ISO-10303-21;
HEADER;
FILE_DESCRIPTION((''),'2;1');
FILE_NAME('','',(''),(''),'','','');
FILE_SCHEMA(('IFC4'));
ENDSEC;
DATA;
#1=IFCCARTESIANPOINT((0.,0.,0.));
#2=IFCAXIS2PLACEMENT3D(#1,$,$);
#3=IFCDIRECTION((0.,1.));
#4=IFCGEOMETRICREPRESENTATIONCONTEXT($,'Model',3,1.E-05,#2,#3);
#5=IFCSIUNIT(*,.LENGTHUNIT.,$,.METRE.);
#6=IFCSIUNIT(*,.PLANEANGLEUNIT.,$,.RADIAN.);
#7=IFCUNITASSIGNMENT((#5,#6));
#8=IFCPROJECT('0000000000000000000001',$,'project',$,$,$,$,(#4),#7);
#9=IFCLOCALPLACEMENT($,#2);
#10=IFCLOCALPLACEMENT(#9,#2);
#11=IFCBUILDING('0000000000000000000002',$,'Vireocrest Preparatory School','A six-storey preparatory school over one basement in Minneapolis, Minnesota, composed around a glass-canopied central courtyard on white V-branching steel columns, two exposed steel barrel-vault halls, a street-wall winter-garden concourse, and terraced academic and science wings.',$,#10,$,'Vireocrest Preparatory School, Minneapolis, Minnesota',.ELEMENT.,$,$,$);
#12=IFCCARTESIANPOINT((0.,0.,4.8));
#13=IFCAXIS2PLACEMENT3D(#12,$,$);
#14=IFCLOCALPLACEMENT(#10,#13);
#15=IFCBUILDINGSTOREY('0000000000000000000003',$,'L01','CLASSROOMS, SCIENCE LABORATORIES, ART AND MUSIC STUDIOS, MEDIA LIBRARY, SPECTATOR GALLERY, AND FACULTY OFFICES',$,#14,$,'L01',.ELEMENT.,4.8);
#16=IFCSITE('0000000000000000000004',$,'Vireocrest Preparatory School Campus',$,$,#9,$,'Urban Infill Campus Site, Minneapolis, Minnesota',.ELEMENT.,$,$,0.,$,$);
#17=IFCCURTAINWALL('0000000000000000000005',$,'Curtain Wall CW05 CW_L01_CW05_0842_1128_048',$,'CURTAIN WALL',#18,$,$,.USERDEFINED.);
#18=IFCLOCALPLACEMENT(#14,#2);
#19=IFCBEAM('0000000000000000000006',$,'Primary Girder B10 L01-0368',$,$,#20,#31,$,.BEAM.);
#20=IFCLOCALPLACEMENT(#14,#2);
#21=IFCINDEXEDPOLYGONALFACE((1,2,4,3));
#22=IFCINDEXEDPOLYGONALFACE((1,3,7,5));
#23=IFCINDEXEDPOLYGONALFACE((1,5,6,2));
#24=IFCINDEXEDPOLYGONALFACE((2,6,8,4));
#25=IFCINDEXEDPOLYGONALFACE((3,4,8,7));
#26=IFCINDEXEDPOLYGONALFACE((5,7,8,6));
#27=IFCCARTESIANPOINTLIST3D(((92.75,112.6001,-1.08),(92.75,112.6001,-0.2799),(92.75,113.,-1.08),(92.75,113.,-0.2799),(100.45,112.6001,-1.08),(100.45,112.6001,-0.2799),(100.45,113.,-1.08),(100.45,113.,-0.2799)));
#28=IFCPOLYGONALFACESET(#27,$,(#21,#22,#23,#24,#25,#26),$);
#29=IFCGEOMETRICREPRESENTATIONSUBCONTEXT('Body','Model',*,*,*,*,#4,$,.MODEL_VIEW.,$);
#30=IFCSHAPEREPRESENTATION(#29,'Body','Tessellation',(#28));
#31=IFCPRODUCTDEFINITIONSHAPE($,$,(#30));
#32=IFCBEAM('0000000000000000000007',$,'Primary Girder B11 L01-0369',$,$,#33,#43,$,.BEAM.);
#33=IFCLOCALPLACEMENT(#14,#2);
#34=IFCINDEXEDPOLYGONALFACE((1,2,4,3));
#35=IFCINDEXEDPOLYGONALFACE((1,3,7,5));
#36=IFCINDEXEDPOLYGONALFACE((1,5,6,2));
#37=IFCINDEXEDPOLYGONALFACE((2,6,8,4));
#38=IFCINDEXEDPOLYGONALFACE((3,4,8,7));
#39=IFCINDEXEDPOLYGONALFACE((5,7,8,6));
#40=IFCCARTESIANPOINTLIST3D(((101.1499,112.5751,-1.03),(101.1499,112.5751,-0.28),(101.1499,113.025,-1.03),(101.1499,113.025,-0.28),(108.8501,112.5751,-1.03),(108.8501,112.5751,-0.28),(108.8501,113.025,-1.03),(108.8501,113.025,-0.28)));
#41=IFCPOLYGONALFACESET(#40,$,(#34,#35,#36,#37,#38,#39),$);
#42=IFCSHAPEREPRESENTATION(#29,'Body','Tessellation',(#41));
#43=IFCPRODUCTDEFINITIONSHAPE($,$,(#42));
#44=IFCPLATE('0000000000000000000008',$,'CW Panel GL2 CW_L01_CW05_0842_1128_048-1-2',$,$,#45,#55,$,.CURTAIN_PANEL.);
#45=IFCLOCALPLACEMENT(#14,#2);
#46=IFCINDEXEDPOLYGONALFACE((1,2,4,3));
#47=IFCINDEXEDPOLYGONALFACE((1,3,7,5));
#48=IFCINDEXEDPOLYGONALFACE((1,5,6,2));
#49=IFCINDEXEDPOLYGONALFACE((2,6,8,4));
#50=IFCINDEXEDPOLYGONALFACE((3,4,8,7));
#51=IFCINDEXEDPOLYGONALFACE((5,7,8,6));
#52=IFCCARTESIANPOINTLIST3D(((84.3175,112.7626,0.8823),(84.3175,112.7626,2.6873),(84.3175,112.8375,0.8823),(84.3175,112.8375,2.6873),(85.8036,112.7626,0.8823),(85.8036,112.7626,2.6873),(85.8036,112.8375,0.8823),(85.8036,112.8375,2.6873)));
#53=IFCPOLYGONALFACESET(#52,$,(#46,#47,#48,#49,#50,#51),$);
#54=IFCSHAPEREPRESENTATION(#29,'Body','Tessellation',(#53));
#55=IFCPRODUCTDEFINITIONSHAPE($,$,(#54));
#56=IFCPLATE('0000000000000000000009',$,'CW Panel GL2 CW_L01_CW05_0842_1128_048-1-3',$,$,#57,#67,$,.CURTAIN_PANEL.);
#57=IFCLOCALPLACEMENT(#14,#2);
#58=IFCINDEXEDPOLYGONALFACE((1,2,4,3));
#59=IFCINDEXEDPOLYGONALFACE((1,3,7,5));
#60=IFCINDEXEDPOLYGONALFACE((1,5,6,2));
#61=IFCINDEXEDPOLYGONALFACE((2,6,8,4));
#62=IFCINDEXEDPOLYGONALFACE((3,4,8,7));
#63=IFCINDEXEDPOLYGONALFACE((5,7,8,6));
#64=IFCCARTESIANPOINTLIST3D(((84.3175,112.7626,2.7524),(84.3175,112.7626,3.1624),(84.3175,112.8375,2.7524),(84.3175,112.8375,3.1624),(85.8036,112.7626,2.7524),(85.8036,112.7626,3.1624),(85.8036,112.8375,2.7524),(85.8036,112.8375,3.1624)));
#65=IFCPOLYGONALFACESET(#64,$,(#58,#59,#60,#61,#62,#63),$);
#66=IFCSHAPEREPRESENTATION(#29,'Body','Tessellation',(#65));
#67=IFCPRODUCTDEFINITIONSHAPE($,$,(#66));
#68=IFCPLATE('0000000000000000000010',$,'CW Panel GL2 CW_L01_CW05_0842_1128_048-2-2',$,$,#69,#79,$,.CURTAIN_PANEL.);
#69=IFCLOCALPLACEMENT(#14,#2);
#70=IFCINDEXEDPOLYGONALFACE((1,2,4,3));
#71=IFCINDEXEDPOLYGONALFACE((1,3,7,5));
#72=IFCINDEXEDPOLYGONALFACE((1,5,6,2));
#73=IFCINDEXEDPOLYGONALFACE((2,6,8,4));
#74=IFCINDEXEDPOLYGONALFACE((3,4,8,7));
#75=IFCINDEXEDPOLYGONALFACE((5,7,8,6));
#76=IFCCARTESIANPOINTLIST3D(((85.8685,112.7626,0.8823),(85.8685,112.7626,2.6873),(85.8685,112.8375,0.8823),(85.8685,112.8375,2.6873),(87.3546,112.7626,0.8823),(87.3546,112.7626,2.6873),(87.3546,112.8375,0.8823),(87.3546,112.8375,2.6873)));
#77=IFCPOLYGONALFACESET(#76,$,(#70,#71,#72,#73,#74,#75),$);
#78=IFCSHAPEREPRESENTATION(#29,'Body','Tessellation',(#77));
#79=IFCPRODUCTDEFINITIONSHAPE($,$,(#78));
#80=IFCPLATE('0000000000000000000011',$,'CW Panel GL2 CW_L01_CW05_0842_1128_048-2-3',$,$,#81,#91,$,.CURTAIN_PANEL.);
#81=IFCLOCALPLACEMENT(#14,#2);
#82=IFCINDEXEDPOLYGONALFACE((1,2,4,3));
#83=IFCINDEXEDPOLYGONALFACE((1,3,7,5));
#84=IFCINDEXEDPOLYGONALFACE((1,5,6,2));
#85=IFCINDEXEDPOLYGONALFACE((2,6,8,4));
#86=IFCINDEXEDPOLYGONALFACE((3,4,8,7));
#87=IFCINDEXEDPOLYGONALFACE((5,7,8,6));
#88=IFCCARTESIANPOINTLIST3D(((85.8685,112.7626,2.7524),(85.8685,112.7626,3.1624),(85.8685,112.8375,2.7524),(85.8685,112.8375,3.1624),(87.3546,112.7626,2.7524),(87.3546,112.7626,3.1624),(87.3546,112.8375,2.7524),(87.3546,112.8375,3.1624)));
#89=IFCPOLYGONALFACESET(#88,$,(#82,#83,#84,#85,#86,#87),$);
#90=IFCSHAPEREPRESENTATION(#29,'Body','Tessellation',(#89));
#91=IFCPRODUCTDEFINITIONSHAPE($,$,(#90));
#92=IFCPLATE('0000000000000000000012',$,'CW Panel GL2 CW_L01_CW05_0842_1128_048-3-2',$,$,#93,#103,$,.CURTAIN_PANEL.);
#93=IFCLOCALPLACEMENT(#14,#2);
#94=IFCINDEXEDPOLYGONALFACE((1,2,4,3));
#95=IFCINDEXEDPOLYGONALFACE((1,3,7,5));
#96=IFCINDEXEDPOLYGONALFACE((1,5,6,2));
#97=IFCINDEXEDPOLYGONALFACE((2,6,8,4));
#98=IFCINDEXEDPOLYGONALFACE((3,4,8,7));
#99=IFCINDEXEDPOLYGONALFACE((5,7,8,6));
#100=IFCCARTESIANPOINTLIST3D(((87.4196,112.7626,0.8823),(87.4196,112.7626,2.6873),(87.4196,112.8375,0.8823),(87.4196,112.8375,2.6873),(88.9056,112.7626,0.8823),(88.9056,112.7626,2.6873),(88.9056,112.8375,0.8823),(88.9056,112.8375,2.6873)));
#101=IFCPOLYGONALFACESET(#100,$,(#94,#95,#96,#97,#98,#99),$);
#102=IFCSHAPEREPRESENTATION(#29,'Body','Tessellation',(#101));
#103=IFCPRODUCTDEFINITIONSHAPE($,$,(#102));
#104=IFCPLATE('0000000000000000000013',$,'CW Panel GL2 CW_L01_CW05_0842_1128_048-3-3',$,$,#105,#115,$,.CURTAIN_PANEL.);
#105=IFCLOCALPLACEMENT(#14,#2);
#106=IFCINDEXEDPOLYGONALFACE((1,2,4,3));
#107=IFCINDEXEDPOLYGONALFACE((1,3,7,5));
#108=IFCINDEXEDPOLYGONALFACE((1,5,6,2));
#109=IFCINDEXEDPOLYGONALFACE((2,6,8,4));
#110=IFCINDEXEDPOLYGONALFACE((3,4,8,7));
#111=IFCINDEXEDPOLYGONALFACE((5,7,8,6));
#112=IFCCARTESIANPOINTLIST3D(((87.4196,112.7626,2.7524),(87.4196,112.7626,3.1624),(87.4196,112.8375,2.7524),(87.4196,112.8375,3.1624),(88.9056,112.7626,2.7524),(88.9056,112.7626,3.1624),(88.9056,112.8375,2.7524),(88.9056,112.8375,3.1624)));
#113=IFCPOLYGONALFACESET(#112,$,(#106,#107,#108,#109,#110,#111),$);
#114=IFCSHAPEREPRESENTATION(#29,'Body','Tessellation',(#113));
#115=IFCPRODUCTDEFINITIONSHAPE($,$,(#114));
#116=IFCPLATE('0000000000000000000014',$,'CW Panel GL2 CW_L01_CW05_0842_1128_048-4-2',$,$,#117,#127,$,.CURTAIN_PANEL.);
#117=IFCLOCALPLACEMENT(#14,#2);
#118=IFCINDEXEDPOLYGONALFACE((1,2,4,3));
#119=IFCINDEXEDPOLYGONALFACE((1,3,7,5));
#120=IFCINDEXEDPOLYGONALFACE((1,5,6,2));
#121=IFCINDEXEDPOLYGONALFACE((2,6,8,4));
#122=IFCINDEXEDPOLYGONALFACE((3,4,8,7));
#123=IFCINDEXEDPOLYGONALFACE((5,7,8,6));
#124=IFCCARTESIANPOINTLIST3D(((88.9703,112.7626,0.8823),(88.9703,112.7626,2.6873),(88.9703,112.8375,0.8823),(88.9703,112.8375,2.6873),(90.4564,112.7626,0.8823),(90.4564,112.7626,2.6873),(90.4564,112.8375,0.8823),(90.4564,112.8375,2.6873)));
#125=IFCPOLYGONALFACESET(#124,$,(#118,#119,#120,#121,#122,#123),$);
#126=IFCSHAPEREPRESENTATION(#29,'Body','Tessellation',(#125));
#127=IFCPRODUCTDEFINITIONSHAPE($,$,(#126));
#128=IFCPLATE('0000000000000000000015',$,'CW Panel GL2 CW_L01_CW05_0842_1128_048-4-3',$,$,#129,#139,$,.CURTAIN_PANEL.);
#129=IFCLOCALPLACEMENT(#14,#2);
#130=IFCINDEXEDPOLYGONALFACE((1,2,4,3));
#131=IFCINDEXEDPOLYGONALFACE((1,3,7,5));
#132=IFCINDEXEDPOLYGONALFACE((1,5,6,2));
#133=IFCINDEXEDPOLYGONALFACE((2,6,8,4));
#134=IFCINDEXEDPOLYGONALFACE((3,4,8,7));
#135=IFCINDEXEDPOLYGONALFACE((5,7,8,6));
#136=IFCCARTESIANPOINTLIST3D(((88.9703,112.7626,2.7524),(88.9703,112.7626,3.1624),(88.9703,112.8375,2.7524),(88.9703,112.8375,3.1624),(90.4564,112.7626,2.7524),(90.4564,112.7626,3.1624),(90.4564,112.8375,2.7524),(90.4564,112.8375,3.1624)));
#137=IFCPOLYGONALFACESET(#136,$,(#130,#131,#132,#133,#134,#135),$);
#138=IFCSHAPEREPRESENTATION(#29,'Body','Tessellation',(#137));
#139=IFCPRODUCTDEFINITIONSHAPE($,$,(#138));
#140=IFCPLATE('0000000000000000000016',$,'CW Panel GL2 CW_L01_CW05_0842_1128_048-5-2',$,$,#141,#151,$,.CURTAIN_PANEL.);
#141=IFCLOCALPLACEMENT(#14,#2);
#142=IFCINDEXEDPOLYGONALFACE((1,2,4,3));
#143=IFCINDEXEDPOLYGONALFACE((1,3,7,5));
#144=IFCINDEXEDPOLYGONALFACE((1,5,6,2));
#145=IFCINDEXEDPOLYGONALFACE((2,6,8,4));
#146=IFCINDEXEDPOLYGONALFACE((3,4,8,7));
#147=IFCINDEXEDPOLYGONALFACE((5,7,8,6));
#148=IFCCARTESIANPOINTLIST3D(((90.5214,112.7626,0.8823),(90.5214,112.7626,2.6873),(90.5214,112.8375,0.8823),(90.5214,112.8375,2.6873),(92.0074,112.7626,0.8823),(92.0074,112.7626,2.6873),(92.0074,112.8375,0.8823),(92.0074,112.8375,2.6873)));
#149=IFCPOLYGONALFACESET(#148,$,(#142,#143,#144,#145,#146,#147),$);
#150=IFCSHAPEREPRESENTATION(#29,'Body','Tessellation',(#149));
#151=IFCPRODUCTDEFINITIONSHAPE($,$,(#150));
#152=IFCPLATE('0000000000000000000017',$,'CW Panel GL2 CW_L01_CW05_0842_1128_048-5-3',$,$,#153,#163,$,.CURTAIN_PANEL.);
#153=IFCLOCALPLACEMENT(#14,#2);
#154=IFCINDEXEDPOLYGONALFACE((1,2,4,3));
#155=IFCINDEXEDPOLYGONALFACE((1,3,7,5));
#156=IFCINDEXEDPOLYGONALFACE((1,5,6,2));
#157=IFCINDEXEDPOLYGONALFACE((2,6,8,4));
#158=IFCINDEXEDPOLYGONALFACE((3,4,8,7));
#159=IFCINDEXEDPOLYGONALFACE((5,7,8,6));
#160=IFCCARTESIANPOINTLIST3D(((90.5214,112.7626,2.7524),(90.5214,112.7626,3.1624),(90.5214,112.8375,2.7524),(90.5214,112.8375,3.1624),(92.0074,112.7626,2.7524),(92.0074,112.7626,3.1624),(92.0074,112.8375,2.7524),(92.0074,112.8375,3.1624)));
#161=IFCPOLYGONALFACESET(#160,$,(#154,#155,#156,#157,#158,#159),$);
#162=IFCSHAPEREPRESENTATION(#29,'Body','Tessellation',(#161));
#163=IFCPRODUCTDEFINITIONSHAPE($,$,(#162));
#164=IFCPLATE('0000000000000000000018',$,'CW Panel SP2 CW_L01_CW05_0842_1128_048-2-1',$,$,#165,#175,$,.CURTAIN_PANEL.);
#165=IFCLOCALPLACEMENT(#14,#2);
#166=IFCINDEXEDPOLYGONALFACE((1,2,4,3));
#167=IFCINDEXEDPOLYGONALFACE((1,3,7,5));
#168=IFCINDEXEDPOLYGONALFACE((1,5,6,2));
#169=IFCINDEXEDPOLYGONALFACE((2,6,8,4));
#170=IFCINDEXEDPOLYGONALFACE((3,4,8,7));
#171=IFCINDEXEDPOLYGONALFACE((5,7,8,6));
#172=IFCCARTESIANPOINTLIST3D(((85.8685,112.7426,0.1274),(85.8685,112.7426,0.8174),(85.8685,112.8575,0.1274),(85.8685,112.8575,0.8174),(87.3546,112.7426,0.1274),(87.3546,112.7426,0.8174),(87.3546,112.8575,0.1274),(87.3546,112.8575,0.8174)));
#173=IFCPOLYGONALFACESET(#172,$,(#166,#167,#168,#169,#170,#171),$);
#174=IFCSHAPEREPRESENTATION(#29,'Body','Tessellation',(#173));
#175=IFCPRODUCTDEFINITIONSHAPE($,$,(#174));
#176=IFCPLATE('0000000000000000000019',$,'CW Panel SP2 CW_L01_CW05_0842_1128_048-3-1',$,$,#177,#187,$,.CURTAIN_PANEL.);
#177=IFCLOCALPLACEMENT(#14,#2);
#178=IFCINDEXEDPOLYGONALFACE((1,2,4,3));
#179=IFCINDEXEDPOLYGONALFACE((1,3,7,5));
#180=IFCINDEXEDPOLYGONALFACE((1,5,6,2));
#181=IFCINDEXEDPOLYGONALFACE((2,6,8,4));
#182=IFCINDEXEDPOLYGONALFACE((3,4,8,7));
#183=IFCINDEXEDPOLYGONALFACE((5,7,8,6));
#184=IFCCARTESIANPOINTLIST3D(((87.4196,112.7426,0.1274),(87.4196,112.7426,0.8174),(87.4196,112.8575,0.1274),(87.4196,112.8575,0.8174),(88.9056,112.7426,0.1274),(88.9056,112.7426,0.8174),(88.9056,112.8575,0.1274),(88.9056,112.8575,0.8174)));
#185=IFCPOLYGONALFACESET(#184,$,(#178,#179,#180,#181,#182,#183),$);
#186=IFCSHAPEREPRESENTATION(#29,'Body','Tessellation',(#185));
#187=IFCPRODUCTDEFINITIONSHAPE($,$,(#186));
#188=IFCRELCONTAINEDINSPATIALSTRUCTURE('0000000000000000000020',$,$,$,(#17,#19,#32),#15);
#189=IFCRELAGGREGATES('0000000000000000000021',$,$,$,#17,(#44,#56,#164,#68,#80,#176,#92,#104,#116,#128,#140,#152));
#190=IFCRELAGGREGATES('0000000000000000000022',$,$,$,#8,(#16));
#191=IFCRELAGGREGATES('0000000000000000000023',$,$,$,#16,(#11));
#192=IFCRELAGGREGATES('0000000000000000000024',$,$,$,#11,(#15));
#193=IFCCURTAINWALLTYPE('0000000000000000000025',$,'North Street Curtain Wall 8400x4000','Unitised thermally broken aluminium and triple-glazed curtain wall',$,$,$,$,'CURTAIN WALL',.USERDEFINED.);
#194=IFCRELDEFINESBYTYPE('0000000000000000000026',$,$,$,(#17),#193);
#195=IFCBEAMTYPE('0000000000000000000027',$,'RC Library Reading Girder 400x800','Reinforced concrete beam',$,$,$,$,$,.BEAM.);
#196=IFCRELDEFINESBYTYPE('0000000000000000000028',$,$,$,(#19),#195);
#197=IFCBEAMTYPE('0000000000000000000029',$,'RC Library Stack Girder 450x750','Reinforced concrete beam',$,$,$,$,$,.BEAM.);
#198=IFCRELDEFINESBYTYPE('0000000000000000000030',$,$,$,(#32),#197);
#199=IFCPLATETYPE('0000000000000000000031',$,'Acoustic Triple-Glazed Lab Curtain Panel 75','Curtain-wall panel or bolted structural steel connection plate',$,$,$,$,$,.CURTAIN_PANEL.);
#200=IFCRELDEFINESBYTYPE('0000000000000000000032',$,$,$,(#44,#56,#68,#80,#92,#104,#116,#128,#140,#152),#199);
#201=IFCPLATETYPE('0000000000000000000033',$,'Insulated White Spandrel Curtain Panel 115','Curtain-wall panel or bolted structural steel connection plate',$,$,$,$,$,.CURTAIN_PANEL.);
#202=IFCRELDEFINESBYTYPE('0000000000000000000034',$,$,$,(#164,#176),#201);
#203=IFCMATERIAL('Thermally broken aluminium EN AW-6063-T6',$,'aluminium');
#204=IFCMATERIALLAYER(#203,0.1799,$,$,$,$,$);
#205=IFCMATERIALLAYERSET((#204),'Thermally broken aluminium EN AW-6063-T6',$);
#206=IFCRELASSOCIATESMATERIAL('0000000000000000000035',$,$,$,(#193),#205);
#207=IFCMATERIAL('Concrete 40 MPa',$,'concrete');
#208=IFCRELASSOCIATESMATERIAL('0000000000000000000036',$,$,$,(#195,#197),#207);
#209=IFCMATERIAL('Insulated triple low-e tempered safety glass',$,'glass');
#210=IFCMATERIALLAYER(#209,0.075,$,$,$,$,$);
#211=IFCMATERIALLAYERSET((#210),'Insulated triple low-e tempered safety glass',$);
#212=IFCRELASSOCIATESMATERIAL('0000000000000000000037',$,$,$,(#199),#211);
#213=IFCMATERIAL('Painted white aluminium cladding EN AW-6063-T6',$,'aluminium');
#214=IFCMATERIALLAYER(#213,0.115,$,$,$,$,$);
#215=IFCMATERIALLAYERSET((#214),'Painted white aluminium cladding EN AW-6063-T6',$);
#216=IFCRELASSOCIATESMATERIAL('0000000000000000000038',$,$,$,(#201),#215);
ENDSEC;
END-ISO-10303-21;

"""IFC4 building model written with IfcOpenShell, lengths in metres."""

from ifc_helpers import new_model, si_unit, direction, frame, origin, origin_2d, place, context, subcontext, project, spatial, rectangle, extrude, material, layer, layer_set, material_profile, profile_set, type_object, element, aggregate, save


model = new_model("IFC4")

# Units and contexts
model_context = context("Model", 3, precision=1e-05, world=origin(), true_north=direction((0.0, 1.0)))
body_context = subcontext(model_context, "Body", "Model", "MODEL_VIEW")
ifc_project = project(units=[si_unit("LENGTHUNIT", "METRE"), si_unit("PLANEANGLEUNIT", "RADIAN")], contexts=[model_context])

# Site, building, storey
site_placement = place(None, origin())
site = spatial("IfcSite", under=ifc_project, at=site_placement, Name="Vireocrest Preparatory School Campus", LongName="Urban Infill Campus Site, Minneapolis, Minnesota", CompositionType="ELEMENT", RefElevation=0.0)
building_placement = place(site_placement, origin())
building = spatial("IfcBuilding", under=site, at=building_placement, Name="Vireocrest Preparatory School", Description="A six-storey preparatory school over one basement in Minneapolis, Minnesota, composed around a glass-canopied central courtyard on white V-branching steel columns, two exposed steel barrel-vault halls, a street-wall winter-garden concourse, and terraced academic and science wings.", LongName="Vireocrest Preparatory School, Minneapolis, Minnesota", CompositionType="ELEMENT")
storey_placement = place(building_placement, frame((0.0, 0.0, 4.8)))
storey = spatial("IfcBuildingStorey", under=building, at=storey_placement, Name="L01", Description="CLASSROOMS, SCIENCE LABORATORIES, ART AND MUSIC STUDIOS, MEDIA LIBRARY, SPECTATOR GALLERY, AND FACULTY OFFICES", LongName="L01", CompositionType="ELEMENT", Elevation=4.8)

# Curtain wall
ifc_material_1 = material(Name="Thermally broken aluminium EN AW-6063-T6", Category="aluminium")
ifc_layer_1 = layer(ifc_material_1, 0.1799)
ifc_layer_set_1 = layer_set([ifc_layer_1], Name="Thermally broken aluminium EN AW-6063-T6")
curtain_wall_type = type_object("IfcCurtainWallType", Name="North Street Curtain Wall 8400x4000", Description="Unitised thermally broken aluminium and triple-glazed curtain wall", ElementType="CURTAIN WALL", PredefinedType="USERDEFINED", material=ifc_layer_set_1)
curtain_wall_1_placement = place(storey_placement, origin())
curtain_wall_1 = element("IfcCurtainWall", 1, at=curtain_wall_1_placement, inside=storey, type_object=curtain_wall_type, Name="Curtain Wall CW05 CW_L01_CW05_0842_1128_048", ObjectType="CURTAIN WALL", PredefinedType="USERDEFINED")

# Beams
ifc_material_2 = material(Name="Concrete 40 MPa", Category="concrete")
ifc_material_profile_1 = material_profile(ifc_material_2, rectangle(XDim=0.3999, YDim=0.8, at=origin_2d()), Name="RC 400x800")
ifc_profile_set_1 = profile_set([ifc_material_profile_1], Name="Concrete 40 MPa")
beam_type_1 = type_object("IfcBeamType", Name="RC Library Reading Girder 400x800", Description="Reinforced concrete beam", PredefinedType="BEAM", material=ifc_profile_set_1)
beam_1_placement = place(storey_placement, frame((92.75, 112.8, -0.6799), z_axis=(1.0, 0.0, 0.0), x_axis=(0.0, 1.0, 0.0)))
element("IfcBeam", 2, at=beam_1_placement, inside=storey, type_object=beam_type_1, Name="Primary Girder B10 L01-0368", PredefinedType="BEAM", context=body_context, shape_type="SweptSolid", body=[
    extrude(rectangle(XDim=0.3999, YDim=0.8, at=origin_2d()), origin(), (0.0, 0.0, 1.0), 7.7),
])
ifc_material_profile_2 = material_profile(ifc_material_2, rectangle(XDim=0.45, YDim=0.75, at=origin_2d()), Name="RC 450x750")
ifc_profile_set_2 = profile_set([ifc_material_profile_2], Name="Concrete 40 MPa")
beam_type_2 = type_object("IfcBeamType", Name="RC Library Stack Girder 450x750", Description="Reinforced concrete beam", PredefinedType="BEAM", material=ifc_profile_set_2)
beam_2_placement = place(storey_placement, frame((101.1499, 112.8, -0.655), z_axis=(1.0, 0.0, 0.0), x_axis=(0.0, 1.0, 0.0)))
element("IfcBeam", 3, at=beam_2_placement, inside=storey, type_object=beam_type_2, Name="Primary Girder B11 L01-0369", PredefinedType="BEAM", context=body_context, shape_type="SweptSolid", body=[
    extrude(rectangle(XDim=0.45, YDim=0.75, at=origin_2d()), origin(), (0.0, 0.0, 1.0), 7.7002),
])

# Plates
ifc_material_3 = material(Name="Insulated triple low-e tempered safety glass", Category="glass")
ifc_layer_2 = layer(ifc_material_3, 0.075)
ifc_layer_set_2 = layer_set([ifc_layer_2], Name="Insulated triple low-e tempered safety glass")
plate_type_1 = type_object("IfcPlateType", Name="Acoustic Triple-Glazed Lab Curtain Panel 75", Description="Curtain-wall panel or bolted structural steel connection plate", PredefinedType="CURTAIN_PANEL", material=ifc_layer_set_2)
plate_1_placement = place(storey_placement, frame((85.0605, 112.8, 0.8823), z_axis=(0.0, 0.0, 1.0), x_axis=(1.0, 0.0, 0.0)))
plate_1 = element("IfcPlate", 4, at=plate_1_placement, type_object=plate_type_1, Name="CW Panel GL2 CW_L01_CW05_0842_1128_048-1-2", PredefinedType="CURTAIN_PANEL", context=body_context, shape_type="SweptSolid", body=[
    extrude(rectangle(XDim=1.4861, YDim=0.075, at=origin_2d()), origin(), (0.0, 0.0, 1.0), 1.8049),
])
plate_2_placement = place(storey_placement, frame((85.0605, 112.8, 2.7524), z_axis=(0.0, 0.0, 1.0), x_axis=(1.0, 0.0, 0.0)))
plate_2 = element("IfcPlate", 5, at=plate_2_placement, type_object=plate_type_1, Name="CW Panel GL2 CW_L01_CW05_0842_1128_048-1-3", PredefinedType="CURTAIN_PANEL", context=body_context, shape_type="SweptSolid", body=[
    extrude(rectangle(XDim=1.4861, YDim=0.075, at=origin_2d()), origin(), (0.0, 0.0, 1.0), 0.4099),
])
plate_3_placement = place(storey_placement, frame((86.6116, 112.8, 0.8823), z_axis=(0.0, 0.0, 1.0), x_axis=(1.0, 0.0, 0.0)))
plate_3 = element("IfcPlate", 6, at=plate_3_placement, type_object=plate_type_1, Name="CW Panel GL2 CW_L01_CW05_0842_1128_048-2-2", PredefinedType="CURTAIN_PANEL", context=body_context, shape_type="SweptSolid", body=[
    extrude(rectangle(XDim=1.4861, YDim=0.075, at=origin_2d()), origin(), (0.0, 0.0, 1.0), 1.8049),
])
plate_4_placement = place(storey_placement, frame((86.6116, 112.8, 2.7524), z_axis=(0.0, 0.0, 1.0), x_axis=(1.0, 0.0, 0.0)))
plate_4 = element("IfcPlate", 7, at=plate_4_placement, type_object=plate_type_1, Name="CW Panel GL2 CW_L01_CW05_0842_1128_048-2-3", PredefinedType="CURTAIN_PANEL", context=body_context, shape_type="SweptSolid", body=[
    extrude(rectangle(XDim=1.4861, YDim=0.075, at=origin_2d()), origin(), (0.0, 0.0, 1.0), 0.4099),
])
plate_5_placement = place(storey_placement, frame((88.1626, 112.8, 0.8823), z_axis=(0.0, 0.0, 1.0), x_axis=(1.0, 0.0, 0.0)))
plate_5 = element("IfcPlate", 8, at=plate_5_placement, type_object=plate_type_1, Name="CW Panel GL2 CW_L01_CW05_0842_1128_048-3-2", PredefinedType="CURTAIN_PANEL", context=body_context, shape_type="SweptSolid", body=[
    extrude(rectangle(XDim=1.4861, YDim=0.075, at=origin_2d()), origin(), (0.0, 0.0, 1.0), 1.8049),
])
plate_6_placement = place(storey_placement, frame((88.1626, 112.8, 2.7524), z_axis=(0.0, 0.0, 1.0), x_axis=(1.0, 0.0, 0.0)))
plate_6 = element("IfcPlate", 9, at=plate_6_placement, type_object=plate_type_1, Name="CW Panel GL2 CW_L01_CW05_0842_1128_048-3-3", PredefinedType="CURTAIN_PANEL", context=body_context, shape_type="SweptSolid", body=[
    extrude(rectangle(XDim=1.4861, YDim=0.075, at=origin_2d()), origin(), (0.0, 0.0, 1.0), 0.4099),
])
plate_7_placement = place(storey_placement, frame((89.7134, 112.8, 0.8823), z_axis=(0.0, 0.0, 1.0), x_axis=(1.0, 0.0, 0.0)))
plate_7 = element("IfcPlate", 10, at=plate_7_placement, type_object=plate_type_1, Name="CW Panel GL2 CW_L01_CW05_0842_1128_048-4-2", PredefinedType="CURTAIN_PANEL", context=body_context, shape_type="SweptSolid", body=[
    extrude(rectangle(XDim=1.4861, YDim=0.075, at=origin_2d()), origin(), (0.0, 0.0, 1.0), 1.8049),
])
plate_8_placement = place(storey_placement, frame((89.7134, 112.8, 2.7524), z_axis=(0.0, 0.0, 1.0), x_axis=(1.0, 0.0, 0.0)))
plate_8 = element("IfcPlate", 11, at=plate_8_placement, type_object=plate_type_1, Name="CW Panel GL2 CW_L01_CW05_0842_1128_048-4-3", PredefinedType="CURTAIN_PANEL", context=body_context, shape_type="SweptSolid", body=[
    extrude(rectangle(XDim=1.4861, YDim=0.075, at=origin_2d()), origin(), (0.0, 0.0, 1.0), 0.4099),
])
plate_9_placement = place(storey_placement, frame((91.2644, 112.8, 0.8823), z_axis=(0.0, 0.0, 1.0), x_axis=(1.0, 0.0, 0.0)))
plate_9 = element("IfcPlate", 12, at=plate_9_placement, type_object=plate_type_1, Name="CW Panel GL2 CW_L01_CW05_0842_1128_048-5-2", PredefinedType="CURTAIN_PANEL", context=body_context, shape_type="SweptSolid", body=[
    extrude(rectangle(XDim=1.4861, YDim=0.075, at=origin_2d()), origin(), (0.0, 0.0, 1.0), 1.8049),
])
plate_10_placement = place(storey_placement, frame((91.2644, 112.8, 2.7524), z_axis=(0.0, 0.0, 1.0), x_axis=(1.0, 0.0, 0.0)))
plate_10 = element("IfcPlate", 13, at=plate_10_placement, type_object=plate_type_1, Name="CW Panel GL2 CW_L01_CW05_0842_1128_048-5-3", PredefinedType="CURTAIN_PANEL", context=body_context, shape_type="SweptSolid", body=[
    extrude(rectangle(XDim=1.4861, YDim=0.075, at=origin_2d()), origin(), (0.0, 0.0, 1.0), 0.4099),
])
ifc_material_4 = material(Name="Painted white aluminium cladding EN AW-6063-T6", Category="aluminium")
ifc_layer_3 = layer(ifc_material_4, 0.115)
ifc_layer_set_3 = layer_set([ifc_layer_3], Name="Painted white aluminium cladding EN AW-6063-T6")
plate_type_2 = type_object("IfcPlateType", Name="Insulated White Spandrel Curtain Panel 115", Description="Curtain-wall panel or bolted structural steel connection plate", PredefinedType="CURTAIN_PANEL", material=ifc_layer_set_3)
plate_11_placement = place(storey_placement, frame((86.6116, 112.8, 0.1274), z_axis=(0.0, 0.0, 1.0), x_axis=(1.0, 0.0, 0.0)))
plate_11 = element("IfcPlate", 14, at=plate_11_placement, type_object=plate_type_2, Name="CW Panel SP2 CW_L01_CW05_0842_1128_048-2-1", PredefinedType="CURTAIN_PANEL", context=body_context, shape_type="SweptSolid", body=[
    extrude(rectangle(XDim=1.4861, YDim=0.115, at=origin_2d()), origin(), (0.0, 0.0, 1.0), 0.6899),
])
plate_12_placement = place(storey_placement, frame((88.1626, 112.8, 0.1274), z_axis=(0.0, 0.0, 1.0), x_axis=(1.0, 0.0, 0.0)))
plate_12 = element("IfcPlate", 15, at=plate_12_placement, type_object=plate_type_2, Name="CW Panel SP2 CW_L01_CW05_0842_1128_048-3-1", PredefinedType="CURTAIN_PANEL", context=body_context, shape_type="SweptSolid", body=[
    extrude(rectangle(XDim=1.4861, YDim=0.115, at=origin_2d()), origin(), (0.0, 0.0, 1.0), 0.6899),
])
aggregate(curtain_wall_1, [plate_1, plate_2, plate_11, plate_3, plate_4, plate_12, plate_5, plate_6, plate_7, plate_8, plate_9, plate_10])

save(model, "model.ifc")
